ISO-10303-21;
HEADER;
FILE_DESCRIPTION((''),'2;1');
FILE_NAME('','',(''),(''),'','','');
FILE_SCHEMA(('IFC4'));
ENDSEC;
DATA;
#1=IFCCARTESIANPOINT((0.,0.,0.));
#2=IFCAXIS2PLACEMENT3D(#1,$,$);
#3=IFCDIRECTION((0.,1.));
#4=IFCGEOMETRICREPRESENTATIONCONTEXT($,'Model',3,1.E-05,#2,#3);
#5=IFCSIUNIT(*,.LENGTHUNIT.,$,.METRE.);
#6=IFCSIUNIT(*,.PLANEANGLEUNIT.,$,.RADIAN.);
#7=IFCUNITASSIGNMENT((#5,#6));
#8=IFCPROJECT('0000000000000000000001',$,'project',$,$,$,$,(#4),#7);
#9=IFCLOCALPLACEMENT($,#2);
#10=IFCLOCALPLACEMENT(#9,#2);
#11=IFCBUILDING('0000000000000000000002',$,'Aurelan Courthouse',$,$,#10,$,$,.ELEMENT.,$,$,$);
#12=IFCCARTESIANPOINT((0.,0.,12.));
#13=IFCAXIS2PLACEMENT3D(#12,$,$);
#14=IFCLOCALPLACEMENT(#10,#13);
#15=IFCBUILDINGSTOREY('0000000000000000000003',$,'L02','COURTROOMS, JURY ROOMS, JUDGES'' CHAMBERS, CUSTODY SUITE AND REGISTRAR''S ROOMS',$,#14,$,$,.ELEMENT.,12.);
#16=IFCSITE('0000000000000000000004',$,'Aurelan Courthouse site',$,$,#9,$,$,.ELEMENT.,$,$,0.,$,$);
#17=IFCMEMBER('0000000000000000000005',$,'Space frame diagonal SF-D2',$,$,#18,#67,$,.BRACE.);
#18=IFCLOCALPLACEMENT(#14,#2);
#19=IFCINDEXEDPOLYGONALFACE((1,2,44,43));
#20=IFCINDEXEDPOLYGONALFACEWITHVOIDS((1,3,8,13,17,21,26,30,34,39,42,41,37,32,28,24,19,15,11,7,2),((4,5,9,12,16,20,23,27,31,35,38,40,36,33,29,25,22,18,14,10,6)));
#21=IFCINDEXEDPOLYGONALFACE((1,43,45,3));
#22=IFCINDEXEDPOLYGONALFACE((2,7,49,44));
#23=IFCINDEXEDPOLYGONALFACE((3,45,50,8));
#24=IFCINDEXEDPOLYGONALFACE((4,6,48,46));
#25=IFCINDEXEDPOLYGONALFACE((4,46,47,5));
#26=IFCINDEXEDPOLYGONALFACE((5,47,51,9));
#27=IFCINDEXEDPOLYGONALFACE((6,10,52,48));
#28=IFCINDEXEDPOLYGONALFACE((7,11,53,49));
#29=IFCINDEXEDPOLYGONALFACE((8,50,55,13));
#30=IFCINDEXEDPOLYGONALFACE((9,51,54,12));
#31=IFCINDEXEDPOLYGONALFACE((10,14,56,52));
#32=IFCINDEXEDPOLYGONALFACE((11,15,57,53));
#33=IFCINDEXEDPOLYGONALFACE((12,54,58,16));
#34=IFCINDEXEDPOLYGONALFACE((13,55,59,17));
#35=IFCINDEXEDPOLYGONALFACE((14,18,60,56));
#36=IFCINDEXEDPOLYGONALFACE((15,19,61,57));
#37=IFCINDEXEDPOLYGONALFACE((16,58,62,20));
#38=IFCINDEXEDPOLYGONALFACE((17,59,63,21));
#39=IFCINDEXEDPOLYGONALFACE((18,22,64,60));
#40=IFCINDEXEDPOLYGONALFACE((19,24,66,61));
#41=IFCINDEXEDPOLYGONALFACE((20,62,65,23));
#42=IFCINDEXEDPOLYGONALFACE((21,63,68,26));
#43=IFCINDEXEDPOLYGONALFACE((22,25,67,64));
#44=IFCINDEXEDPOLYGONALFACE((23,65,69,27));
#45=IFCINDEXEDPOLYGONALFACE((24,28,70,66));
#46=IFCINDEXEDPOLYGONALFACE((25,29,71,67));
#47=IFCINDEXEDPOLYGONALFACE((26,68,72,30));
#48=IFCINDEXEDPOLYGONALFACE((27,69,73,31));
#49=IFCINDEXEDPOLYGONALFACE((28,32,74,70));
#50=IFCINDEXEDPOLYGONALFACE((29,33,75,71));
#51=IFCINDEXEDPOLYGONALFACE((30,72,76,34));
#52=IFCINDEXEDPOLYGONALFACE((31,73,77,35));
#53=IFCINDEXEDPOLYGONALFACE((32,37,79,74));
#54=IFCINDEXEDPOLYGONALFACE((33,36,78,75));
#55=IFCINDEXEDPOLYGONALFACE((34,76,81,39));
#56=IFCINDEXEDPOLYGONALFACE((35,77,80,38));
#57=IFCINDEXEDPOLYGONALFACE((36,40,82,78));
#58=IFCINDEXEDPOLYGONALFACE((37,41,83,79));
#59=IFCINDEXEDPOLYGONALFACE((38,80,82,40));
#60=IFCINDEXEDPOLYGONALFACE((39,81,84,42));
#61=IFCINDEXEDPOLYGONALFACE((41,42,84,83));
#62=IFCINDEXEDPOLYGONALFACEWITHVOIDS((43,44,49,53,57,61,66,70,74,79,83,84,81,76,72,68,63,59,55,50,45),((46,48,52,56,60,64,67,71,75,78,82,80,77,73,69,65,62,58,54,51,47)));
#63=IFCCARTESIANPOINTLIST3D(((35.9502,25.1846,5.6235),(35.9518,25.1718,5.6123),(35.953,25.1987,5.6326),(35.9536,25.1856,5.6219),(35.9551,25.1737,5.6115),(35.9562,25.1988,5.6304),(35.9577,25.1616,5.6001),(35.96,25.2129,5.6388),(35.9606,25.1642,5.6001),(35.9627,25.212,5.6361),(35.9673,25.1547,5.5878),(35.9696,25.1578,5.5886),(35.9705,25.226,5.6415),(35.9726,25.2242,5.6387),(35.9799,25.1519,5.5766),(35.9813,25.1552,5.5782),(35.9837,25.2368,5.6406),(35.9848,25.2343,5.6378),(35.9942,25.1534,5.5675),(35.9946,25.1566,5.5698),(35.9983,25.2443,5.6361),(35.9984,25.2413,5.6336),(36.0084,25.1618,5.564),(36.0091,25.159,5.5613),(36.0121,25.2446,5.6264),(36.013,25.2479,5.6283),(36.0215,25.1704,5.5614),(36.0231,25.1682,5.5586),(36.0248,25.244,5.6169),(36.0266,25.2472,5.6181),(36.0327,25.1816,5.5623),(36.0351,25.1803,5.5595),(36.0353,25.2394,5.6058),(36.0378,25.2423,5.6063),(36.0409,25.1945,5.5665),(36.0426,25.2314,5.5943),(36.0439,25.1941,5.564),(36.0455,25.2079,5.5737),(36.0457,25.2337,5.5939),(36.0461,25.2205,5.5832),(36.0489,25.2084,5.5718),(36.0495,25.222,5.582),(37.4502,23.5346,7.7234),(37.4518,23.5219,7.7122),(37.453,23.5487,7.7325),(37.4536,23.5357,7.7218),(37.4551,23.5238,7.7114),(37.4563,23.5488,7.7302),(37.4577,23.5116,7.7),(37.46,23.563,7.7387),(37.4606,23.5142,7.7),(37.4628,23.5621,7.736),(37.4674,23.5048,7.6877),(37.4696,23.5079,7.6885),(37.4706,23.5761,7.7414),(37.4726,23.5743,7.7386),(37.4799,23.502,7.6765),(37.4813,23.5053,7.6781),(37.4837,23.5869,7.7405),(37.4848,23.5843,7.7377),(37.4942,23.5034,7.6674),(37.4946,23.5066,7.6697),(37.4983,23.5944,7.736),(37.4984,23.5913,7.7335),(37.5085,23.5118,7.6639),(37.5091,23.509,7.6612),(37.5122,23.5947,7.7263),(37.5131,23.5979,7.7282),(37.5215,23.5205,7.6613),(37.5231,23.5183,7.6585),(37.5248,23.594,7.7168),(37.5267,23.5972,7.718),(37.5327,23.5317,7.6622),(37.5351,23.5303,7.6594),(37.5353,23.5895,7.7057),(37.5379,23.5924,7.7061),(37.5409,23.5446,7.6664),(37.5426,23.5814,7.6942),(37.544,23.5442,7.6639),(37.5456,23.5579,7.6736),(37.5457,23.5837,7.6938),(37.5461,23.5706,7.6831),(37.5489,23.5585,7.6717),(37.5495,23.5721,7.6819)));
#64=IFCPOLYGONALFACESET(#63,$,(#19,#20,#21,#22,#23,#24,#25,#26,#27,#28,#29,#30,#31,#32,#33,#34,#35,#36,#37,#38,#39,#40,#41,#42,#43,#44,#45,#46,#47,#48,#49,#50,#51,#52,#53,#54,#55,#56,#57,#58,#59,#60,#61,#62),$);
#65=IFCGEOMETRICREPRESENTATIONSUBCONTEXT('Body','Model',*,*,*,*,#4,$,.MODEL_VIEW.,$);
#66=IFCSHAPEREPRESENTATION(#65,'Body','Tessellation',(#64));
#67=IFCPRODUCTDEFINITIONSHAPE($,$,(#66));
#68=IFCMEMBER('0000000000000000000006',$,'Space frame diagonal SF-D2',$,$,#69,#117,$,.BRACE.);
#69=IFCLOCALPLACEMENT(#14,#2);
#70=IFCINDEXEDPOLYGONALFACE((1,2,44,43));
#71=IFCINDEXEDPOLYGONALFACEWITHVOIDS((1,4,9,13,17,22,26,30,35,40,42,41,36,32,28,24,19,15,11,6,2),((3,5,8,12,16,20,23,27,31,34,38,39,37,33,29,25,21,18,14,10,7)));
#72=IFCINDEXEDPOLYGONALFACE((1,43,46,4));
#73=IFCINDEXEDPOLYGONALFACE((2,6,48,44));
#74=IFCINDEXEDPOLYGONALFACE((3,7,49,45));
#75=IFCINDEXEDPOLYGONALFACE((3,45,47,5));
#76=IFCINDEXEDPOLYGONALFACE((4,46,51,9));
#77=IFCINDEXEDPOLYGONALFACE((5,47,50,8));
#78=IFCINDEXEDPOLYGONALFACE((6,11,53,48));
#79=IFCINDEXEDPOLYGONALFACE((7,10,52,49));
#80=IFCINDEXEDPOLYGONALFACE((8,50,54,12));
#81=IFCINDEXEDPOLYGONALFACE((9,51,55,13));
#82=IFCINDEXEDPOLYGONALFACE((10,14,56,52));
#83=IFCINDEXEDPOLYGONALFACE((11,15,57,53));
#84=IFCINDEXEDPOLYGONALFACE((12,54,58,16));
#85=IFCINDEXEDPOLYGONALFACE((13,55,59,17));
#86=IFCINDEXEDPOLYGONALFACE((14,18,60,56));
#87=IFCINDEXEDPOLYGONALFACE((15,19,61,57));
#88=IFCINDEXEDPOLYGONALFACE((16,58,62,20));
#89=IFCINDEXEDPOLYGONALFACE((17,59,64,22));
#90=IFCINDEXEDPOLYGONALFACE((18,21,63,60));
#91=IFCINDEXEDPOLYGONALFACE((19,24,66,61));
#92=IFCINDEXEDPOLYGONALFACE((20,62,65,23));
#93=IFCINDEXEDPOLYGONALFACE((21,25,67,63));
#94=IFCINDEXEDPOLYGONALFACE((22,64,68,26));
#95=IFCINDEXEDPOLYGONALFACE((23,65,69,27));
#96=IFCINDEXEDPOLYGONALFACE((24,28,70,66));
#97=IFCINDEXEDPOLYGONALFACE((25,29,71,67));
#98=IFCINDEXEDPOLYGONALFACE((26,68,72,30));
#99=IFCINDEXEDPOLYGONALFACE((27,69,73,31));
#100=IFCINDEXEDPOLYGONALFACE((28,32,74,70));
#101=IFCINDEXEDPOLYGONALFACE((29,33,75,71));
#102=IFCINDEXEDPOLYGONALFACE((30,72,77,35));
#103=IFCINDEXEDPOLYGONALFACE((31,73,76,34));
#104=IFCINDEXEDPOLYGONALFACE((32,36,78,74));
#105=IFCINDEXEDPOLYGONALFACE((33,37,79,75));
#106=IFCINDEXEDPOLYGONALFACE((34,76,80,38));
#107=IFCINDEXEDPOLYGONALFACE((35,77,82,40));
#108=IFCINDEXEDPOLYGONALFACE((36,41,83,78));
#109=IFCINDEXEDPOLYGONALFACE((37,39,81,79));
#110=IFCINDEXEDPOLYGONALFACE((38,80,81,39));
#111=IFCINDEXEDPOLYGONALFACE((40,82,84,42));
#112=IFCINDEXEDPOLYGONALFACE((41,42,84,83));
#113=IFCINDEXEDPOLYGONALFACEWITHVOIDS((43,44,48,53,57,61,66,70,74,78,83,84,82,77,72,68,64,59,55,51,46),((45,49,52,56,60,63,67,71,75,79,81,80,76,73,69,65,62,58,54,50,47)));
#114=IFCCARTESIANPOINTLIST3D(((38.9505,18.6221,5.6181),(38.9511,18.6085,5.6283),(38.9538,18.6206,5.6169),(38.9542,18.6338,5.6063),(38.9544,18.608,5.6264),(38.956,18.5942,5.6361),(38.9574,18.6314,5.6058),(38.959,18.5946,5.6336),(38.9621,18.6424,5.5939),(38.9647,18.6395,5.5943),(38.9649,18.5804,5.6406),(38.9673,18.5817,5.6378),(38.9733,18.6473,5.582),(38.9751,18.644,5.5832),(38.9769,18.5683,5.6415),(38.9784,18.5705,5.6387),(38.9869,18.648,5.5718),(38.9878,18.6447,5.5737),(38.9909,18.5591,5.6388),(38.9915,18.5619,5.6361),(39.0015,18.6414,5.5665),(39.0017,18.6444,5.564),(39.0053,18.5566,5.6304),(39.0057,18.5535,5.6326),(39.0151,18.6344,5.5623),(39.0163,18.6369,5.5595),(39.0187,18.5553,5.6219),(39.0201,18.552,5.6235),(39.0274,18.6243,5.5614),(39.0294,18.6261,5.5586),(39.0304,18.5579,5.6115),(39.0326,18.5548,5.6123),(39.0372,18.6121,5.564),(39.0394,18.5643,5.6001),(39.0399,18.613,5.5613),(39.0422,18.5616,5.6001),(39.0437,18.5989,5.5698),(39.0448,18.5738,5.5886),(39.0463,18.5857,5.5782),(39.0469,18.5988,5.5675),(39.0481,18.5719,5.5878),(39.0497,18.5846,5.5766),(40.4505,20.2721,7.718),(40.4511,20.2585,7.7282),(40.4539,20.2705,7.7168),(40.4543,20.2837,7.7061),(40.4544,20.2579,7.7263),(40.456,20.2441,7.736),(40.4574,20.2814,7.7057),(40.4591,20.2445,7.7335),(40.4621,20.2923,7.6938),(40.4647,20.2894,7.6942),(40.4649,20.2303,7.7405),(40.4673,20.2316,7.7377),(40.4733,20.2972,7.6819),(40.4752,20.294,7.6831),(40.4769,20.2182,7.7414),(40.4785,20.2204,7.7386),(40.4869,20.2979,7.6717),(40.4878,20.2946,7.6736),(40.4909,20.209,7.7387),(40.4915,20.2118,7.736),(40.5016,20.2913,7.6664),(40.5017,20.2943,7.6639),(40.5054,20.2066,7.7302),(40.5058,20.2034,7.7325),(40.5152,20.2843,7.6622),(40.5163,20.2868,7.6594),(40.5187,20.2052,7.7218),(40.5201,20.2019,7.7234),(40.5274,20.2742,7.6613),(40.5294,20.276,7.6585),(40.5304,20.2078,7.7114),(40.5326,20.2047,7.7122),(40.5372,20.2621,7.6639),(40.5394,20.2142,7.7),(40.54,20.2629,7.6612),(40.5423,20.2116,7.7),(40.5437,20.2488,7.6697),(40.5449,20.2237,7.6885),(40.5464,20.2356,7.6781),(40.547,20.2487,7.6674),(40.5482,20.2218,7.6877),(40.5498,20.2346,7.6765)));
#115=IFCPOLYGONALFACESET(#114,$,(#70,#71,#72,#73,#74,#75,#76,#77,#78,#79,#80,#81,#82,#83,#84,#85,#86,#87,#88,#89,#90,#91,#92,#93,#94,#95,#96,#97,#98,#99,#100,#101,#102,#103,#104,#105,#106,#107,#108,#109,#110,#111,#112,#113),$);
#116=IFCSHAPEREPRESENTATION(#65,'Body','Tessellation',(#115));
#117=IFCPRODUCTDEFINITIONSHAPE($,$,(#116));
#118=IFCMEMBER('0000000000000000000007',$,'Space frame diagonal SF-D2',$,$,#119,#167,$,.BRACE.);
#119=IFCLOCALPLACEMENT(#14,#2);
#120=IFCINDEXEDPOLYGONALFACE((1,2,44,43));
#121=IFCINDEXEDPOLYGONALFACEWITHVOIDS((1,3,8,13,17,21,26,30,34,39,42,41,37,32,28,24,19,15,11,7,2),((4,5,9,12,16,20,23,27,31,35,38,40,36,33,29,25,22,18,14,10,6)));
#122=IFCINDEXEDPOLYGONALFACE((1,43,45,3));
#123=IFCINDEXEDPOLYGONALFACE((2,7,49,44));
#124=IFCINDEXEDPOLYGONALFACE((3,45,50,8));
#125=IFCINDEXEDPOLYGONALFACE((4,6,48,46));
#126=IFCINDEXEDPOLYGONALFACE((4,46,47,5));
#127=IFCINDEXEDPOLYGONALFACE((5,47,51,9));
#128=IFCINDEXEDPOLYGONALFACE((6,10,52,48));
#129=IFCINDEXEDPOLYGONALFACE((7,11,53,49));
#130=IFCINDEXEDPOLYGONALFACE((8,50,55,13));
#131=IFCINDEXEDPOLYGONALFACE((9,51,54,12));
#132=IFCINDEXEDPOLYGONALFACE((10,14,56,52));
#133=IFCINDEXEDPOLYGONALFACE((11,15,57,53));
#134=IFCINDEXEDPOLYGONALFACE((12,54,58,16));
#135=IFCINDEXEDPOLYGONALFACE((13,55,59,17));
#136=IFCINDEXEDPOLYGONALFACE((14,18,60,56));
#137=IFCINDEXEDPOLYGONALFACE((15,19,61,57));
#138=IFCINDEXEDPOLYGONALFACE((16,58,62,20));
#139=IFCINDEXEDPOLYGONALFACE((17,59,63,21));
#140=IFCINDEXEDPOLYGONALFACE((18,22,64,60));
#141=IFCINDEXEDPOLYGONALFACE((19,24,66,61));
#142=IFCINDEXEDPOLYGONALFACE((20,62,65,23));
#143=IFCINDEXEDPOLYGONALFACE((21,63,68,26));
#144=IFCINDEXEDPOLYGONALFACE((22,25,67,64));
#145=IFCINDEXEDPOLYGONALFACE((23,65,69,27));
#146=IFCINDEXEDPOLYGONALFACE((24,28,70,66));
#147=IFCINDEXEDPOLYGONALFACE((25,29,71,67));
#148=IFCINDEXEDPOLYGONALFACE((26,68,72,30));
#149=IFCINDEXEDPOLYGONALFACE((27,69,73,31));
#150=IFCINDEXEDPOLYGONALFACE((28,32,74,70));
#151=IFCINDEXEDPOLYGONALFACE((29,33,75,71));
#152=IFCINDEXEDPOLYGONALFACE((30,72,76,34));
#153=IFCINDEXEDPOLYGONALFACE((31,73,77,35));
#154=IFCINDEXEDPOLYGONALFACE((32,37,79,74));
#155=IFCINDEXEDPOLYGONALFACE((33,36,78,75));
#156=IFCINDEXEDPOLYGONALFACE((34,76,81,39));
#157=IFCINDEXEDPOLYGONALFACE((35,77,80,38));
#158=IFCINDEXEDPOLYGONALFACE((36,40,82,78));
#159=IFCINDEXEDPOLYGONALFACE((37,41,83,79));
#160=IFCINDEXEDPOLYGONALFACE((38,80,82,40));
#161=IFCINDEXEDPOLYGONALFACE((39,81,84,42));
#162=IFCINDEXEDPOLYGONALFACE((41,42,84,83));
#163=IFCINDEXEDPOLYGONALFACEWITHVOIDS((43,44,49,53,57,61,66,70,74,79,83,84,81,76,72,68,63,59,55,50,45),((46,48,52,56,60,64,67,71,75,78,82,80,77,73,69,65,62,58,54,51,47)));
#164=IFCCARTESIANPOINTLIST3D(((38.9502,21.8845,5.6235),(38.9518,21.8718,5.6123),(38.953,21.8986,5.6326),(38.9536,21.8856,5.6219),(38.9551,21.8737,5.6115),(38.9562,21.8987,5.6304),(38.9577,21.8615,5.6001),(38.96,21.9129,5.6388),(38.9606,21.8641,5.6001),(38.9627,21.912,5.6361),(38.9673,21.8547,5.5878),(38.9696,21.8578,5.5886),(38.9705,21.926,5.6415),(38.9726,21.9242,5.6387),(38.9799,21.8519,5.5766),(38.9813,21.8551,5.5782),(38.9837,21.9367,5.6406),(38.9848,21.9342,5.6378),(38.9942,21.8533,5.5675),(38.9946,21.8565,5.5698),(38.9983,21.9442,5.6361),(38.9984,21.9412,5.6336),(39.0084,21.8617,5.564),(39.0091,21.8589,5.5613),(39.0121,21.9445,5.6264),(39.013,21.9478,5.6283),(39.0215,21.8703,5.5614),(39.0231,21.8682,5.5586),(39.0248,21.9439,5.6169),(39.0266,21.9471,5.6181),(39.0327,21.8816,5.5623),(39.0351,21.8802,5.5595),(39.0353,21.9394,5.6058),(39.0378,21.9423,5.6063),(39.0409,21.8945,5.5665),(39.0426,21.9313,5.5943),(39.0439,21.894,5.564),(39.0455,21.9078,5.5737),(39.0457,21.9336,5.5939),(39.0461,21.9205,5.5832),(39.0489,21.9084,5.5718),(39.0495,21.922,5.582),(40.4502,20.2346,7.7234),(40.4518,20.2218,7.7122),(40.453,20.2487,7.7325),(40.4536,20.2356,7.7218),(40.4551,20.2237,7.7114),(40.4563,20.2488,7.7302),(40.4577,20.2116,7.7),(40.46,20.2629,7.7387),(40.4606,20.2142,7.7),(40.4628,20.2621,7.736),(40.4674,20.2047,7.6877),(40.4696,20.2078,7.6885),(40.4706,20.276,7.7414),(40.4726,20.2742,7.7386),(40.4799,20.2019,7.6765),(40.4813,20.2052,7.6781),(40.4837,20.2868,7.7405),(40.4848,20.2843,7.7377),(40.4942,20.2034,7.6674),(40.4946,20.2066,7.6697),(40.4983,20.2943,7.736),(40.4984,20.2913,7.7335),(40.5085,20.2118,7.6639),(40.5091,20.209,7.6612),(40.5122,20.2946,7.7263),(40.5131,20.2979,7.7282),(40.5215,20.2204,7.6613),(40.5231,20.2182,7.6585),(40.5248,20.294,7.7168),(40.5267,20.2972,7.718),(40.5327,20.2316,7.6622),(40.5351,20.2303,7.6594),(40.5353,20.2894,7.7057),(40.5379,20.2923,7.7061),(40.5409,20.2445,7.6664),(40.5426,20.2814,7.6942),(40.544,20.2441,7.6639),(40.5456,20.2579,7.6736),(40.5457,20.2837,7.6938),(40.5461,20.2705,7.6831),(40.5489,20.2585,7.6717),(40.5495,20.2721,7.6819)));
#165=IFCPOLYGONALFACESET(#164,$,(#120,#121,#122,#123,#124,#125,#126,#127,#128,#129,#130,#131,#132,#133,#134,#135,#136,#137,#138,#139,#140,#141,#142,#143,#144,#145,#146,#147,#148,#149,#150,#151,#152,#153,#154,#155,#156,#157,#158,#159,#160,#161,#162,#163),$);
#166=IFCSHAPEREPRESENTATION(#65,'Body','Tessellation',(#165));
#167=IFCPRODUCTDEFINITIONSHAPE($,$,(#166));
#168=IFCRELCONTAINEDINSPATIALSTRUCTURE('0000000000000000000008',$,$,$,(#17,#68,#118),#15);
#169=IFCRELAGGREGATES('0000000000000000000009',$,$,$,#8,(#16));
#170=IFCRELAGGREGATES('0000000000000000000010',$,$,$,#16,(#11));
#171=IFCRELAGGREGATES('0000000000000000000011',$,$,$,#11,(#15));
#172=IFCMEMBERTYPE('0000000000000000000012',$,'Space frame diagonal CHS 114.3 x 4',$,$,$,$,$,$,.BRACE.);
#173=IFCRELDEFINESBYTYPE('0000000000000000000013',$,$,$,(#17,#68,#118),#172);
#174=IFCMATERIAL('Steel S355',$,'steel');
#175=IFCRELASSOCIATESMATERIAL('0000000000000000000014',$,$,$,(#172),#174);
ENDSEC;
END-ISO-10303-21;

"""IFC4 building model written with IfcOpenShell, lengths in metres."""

from ifc_helpers import new_model, si_unit, direction, frame, origin, origin_2d, place, context, subcontext, project, spatial, hollow_circle, extrude, material, material_profile, profile_set, type_object, element, save


model = new_model("IFC4")

# Units and contexts
model_context = context("Model", 3, precision=1e-05, world=origin(), true_north=direction((0.0, 1.0)))
body_context = subcontext(model_context, "Body", "Model", "MODEL_VIEW")
ifc_project = project(units=[si_unit("LENGTHUNIT", "METRE"), si_unit("PLANEANGLEUNIT", "RADIAN")], contexts=[model_context])

# Site, building, storey
site_placement = place(None, origin())
site = spatial("IfcSite", under=ifc_project, at=site_placement, Name="Aurelan Courthouse site", CompositionType="ELEMENT", RefElevation=0.0)
building_placement = place(site_placement, origin())
building = spatial("IfcBuilding", under=site, at=building_placement, Name="Aurelan Courthouse", CompositionType="ELEMENT")
storey_placement = place(building_placement, frame((0.0, 0.0, 12.0)))
storey = spatial("IfcBuildingStorey", under=building, at=storey_placement, Name="L02", Description="COURTROOMS, JURY ROOMS, JUDGES' CHAMBERS, CUSTODY SUITE AND REGISTRAR'S ROOMS", CompositionType="ELEMENT", Elevation=12.0)

# Members
ifc_material = material(Name="Steel S355", Category="steel")
ifc_material_profile_1 = material_profile(ifc_material, hollow_circle(Radius=0.0571, WallThickness=0.0039, at=origin_2d()), Name="CHS 114.3 x 4")
ifc_profile_set_1 = profile_set([ifc_material_profile_1], Name="Steel S355")
member_type_1 = type_object("IfcMemberType", Name="Space frame diagonal CHS 114.3 x 4", PredefinedType="BRACE", material=ifc_profile_set_1)
for number, where, z_axis, x_axis, name in (
    (1, (37.5, 23.55, 7.7), (-0.489727, 0.538667, -0.685569), (-0.73992, -0.672695, 0.0), "Space frame diagonal SF-D2"),
    (2, (40.5, 20.25, 7.7), (-0.489727, -0.538667, -0.685569), (0.73992, -0.672695, 0.0), "Space frame diagonal SF-D2"),
    (3, (40.5, 20.25, 7.7), (-0.489727, 0.538667, -0.685569), (-0.73992, -0.672695, 0.0), "Space frame diagonal SF-D2"),
):
    element("IfcMember", number, at=place(storey_placement, frame(where, z_axis=z_axis, x_axis=x_axis)), inside=storey, type_object=member_type_1, Name=name, PredefinedType="BRACE", context=body_context, shape_type="SweptSolid", body=[
        extrude(hollow_circle(Radius=0.0571, WallThickness=0.0039, at=origin_2d()), origin(), (0.0, 0.0, 1.0), 3.063),
    ])

save(model, "model.ifc")
